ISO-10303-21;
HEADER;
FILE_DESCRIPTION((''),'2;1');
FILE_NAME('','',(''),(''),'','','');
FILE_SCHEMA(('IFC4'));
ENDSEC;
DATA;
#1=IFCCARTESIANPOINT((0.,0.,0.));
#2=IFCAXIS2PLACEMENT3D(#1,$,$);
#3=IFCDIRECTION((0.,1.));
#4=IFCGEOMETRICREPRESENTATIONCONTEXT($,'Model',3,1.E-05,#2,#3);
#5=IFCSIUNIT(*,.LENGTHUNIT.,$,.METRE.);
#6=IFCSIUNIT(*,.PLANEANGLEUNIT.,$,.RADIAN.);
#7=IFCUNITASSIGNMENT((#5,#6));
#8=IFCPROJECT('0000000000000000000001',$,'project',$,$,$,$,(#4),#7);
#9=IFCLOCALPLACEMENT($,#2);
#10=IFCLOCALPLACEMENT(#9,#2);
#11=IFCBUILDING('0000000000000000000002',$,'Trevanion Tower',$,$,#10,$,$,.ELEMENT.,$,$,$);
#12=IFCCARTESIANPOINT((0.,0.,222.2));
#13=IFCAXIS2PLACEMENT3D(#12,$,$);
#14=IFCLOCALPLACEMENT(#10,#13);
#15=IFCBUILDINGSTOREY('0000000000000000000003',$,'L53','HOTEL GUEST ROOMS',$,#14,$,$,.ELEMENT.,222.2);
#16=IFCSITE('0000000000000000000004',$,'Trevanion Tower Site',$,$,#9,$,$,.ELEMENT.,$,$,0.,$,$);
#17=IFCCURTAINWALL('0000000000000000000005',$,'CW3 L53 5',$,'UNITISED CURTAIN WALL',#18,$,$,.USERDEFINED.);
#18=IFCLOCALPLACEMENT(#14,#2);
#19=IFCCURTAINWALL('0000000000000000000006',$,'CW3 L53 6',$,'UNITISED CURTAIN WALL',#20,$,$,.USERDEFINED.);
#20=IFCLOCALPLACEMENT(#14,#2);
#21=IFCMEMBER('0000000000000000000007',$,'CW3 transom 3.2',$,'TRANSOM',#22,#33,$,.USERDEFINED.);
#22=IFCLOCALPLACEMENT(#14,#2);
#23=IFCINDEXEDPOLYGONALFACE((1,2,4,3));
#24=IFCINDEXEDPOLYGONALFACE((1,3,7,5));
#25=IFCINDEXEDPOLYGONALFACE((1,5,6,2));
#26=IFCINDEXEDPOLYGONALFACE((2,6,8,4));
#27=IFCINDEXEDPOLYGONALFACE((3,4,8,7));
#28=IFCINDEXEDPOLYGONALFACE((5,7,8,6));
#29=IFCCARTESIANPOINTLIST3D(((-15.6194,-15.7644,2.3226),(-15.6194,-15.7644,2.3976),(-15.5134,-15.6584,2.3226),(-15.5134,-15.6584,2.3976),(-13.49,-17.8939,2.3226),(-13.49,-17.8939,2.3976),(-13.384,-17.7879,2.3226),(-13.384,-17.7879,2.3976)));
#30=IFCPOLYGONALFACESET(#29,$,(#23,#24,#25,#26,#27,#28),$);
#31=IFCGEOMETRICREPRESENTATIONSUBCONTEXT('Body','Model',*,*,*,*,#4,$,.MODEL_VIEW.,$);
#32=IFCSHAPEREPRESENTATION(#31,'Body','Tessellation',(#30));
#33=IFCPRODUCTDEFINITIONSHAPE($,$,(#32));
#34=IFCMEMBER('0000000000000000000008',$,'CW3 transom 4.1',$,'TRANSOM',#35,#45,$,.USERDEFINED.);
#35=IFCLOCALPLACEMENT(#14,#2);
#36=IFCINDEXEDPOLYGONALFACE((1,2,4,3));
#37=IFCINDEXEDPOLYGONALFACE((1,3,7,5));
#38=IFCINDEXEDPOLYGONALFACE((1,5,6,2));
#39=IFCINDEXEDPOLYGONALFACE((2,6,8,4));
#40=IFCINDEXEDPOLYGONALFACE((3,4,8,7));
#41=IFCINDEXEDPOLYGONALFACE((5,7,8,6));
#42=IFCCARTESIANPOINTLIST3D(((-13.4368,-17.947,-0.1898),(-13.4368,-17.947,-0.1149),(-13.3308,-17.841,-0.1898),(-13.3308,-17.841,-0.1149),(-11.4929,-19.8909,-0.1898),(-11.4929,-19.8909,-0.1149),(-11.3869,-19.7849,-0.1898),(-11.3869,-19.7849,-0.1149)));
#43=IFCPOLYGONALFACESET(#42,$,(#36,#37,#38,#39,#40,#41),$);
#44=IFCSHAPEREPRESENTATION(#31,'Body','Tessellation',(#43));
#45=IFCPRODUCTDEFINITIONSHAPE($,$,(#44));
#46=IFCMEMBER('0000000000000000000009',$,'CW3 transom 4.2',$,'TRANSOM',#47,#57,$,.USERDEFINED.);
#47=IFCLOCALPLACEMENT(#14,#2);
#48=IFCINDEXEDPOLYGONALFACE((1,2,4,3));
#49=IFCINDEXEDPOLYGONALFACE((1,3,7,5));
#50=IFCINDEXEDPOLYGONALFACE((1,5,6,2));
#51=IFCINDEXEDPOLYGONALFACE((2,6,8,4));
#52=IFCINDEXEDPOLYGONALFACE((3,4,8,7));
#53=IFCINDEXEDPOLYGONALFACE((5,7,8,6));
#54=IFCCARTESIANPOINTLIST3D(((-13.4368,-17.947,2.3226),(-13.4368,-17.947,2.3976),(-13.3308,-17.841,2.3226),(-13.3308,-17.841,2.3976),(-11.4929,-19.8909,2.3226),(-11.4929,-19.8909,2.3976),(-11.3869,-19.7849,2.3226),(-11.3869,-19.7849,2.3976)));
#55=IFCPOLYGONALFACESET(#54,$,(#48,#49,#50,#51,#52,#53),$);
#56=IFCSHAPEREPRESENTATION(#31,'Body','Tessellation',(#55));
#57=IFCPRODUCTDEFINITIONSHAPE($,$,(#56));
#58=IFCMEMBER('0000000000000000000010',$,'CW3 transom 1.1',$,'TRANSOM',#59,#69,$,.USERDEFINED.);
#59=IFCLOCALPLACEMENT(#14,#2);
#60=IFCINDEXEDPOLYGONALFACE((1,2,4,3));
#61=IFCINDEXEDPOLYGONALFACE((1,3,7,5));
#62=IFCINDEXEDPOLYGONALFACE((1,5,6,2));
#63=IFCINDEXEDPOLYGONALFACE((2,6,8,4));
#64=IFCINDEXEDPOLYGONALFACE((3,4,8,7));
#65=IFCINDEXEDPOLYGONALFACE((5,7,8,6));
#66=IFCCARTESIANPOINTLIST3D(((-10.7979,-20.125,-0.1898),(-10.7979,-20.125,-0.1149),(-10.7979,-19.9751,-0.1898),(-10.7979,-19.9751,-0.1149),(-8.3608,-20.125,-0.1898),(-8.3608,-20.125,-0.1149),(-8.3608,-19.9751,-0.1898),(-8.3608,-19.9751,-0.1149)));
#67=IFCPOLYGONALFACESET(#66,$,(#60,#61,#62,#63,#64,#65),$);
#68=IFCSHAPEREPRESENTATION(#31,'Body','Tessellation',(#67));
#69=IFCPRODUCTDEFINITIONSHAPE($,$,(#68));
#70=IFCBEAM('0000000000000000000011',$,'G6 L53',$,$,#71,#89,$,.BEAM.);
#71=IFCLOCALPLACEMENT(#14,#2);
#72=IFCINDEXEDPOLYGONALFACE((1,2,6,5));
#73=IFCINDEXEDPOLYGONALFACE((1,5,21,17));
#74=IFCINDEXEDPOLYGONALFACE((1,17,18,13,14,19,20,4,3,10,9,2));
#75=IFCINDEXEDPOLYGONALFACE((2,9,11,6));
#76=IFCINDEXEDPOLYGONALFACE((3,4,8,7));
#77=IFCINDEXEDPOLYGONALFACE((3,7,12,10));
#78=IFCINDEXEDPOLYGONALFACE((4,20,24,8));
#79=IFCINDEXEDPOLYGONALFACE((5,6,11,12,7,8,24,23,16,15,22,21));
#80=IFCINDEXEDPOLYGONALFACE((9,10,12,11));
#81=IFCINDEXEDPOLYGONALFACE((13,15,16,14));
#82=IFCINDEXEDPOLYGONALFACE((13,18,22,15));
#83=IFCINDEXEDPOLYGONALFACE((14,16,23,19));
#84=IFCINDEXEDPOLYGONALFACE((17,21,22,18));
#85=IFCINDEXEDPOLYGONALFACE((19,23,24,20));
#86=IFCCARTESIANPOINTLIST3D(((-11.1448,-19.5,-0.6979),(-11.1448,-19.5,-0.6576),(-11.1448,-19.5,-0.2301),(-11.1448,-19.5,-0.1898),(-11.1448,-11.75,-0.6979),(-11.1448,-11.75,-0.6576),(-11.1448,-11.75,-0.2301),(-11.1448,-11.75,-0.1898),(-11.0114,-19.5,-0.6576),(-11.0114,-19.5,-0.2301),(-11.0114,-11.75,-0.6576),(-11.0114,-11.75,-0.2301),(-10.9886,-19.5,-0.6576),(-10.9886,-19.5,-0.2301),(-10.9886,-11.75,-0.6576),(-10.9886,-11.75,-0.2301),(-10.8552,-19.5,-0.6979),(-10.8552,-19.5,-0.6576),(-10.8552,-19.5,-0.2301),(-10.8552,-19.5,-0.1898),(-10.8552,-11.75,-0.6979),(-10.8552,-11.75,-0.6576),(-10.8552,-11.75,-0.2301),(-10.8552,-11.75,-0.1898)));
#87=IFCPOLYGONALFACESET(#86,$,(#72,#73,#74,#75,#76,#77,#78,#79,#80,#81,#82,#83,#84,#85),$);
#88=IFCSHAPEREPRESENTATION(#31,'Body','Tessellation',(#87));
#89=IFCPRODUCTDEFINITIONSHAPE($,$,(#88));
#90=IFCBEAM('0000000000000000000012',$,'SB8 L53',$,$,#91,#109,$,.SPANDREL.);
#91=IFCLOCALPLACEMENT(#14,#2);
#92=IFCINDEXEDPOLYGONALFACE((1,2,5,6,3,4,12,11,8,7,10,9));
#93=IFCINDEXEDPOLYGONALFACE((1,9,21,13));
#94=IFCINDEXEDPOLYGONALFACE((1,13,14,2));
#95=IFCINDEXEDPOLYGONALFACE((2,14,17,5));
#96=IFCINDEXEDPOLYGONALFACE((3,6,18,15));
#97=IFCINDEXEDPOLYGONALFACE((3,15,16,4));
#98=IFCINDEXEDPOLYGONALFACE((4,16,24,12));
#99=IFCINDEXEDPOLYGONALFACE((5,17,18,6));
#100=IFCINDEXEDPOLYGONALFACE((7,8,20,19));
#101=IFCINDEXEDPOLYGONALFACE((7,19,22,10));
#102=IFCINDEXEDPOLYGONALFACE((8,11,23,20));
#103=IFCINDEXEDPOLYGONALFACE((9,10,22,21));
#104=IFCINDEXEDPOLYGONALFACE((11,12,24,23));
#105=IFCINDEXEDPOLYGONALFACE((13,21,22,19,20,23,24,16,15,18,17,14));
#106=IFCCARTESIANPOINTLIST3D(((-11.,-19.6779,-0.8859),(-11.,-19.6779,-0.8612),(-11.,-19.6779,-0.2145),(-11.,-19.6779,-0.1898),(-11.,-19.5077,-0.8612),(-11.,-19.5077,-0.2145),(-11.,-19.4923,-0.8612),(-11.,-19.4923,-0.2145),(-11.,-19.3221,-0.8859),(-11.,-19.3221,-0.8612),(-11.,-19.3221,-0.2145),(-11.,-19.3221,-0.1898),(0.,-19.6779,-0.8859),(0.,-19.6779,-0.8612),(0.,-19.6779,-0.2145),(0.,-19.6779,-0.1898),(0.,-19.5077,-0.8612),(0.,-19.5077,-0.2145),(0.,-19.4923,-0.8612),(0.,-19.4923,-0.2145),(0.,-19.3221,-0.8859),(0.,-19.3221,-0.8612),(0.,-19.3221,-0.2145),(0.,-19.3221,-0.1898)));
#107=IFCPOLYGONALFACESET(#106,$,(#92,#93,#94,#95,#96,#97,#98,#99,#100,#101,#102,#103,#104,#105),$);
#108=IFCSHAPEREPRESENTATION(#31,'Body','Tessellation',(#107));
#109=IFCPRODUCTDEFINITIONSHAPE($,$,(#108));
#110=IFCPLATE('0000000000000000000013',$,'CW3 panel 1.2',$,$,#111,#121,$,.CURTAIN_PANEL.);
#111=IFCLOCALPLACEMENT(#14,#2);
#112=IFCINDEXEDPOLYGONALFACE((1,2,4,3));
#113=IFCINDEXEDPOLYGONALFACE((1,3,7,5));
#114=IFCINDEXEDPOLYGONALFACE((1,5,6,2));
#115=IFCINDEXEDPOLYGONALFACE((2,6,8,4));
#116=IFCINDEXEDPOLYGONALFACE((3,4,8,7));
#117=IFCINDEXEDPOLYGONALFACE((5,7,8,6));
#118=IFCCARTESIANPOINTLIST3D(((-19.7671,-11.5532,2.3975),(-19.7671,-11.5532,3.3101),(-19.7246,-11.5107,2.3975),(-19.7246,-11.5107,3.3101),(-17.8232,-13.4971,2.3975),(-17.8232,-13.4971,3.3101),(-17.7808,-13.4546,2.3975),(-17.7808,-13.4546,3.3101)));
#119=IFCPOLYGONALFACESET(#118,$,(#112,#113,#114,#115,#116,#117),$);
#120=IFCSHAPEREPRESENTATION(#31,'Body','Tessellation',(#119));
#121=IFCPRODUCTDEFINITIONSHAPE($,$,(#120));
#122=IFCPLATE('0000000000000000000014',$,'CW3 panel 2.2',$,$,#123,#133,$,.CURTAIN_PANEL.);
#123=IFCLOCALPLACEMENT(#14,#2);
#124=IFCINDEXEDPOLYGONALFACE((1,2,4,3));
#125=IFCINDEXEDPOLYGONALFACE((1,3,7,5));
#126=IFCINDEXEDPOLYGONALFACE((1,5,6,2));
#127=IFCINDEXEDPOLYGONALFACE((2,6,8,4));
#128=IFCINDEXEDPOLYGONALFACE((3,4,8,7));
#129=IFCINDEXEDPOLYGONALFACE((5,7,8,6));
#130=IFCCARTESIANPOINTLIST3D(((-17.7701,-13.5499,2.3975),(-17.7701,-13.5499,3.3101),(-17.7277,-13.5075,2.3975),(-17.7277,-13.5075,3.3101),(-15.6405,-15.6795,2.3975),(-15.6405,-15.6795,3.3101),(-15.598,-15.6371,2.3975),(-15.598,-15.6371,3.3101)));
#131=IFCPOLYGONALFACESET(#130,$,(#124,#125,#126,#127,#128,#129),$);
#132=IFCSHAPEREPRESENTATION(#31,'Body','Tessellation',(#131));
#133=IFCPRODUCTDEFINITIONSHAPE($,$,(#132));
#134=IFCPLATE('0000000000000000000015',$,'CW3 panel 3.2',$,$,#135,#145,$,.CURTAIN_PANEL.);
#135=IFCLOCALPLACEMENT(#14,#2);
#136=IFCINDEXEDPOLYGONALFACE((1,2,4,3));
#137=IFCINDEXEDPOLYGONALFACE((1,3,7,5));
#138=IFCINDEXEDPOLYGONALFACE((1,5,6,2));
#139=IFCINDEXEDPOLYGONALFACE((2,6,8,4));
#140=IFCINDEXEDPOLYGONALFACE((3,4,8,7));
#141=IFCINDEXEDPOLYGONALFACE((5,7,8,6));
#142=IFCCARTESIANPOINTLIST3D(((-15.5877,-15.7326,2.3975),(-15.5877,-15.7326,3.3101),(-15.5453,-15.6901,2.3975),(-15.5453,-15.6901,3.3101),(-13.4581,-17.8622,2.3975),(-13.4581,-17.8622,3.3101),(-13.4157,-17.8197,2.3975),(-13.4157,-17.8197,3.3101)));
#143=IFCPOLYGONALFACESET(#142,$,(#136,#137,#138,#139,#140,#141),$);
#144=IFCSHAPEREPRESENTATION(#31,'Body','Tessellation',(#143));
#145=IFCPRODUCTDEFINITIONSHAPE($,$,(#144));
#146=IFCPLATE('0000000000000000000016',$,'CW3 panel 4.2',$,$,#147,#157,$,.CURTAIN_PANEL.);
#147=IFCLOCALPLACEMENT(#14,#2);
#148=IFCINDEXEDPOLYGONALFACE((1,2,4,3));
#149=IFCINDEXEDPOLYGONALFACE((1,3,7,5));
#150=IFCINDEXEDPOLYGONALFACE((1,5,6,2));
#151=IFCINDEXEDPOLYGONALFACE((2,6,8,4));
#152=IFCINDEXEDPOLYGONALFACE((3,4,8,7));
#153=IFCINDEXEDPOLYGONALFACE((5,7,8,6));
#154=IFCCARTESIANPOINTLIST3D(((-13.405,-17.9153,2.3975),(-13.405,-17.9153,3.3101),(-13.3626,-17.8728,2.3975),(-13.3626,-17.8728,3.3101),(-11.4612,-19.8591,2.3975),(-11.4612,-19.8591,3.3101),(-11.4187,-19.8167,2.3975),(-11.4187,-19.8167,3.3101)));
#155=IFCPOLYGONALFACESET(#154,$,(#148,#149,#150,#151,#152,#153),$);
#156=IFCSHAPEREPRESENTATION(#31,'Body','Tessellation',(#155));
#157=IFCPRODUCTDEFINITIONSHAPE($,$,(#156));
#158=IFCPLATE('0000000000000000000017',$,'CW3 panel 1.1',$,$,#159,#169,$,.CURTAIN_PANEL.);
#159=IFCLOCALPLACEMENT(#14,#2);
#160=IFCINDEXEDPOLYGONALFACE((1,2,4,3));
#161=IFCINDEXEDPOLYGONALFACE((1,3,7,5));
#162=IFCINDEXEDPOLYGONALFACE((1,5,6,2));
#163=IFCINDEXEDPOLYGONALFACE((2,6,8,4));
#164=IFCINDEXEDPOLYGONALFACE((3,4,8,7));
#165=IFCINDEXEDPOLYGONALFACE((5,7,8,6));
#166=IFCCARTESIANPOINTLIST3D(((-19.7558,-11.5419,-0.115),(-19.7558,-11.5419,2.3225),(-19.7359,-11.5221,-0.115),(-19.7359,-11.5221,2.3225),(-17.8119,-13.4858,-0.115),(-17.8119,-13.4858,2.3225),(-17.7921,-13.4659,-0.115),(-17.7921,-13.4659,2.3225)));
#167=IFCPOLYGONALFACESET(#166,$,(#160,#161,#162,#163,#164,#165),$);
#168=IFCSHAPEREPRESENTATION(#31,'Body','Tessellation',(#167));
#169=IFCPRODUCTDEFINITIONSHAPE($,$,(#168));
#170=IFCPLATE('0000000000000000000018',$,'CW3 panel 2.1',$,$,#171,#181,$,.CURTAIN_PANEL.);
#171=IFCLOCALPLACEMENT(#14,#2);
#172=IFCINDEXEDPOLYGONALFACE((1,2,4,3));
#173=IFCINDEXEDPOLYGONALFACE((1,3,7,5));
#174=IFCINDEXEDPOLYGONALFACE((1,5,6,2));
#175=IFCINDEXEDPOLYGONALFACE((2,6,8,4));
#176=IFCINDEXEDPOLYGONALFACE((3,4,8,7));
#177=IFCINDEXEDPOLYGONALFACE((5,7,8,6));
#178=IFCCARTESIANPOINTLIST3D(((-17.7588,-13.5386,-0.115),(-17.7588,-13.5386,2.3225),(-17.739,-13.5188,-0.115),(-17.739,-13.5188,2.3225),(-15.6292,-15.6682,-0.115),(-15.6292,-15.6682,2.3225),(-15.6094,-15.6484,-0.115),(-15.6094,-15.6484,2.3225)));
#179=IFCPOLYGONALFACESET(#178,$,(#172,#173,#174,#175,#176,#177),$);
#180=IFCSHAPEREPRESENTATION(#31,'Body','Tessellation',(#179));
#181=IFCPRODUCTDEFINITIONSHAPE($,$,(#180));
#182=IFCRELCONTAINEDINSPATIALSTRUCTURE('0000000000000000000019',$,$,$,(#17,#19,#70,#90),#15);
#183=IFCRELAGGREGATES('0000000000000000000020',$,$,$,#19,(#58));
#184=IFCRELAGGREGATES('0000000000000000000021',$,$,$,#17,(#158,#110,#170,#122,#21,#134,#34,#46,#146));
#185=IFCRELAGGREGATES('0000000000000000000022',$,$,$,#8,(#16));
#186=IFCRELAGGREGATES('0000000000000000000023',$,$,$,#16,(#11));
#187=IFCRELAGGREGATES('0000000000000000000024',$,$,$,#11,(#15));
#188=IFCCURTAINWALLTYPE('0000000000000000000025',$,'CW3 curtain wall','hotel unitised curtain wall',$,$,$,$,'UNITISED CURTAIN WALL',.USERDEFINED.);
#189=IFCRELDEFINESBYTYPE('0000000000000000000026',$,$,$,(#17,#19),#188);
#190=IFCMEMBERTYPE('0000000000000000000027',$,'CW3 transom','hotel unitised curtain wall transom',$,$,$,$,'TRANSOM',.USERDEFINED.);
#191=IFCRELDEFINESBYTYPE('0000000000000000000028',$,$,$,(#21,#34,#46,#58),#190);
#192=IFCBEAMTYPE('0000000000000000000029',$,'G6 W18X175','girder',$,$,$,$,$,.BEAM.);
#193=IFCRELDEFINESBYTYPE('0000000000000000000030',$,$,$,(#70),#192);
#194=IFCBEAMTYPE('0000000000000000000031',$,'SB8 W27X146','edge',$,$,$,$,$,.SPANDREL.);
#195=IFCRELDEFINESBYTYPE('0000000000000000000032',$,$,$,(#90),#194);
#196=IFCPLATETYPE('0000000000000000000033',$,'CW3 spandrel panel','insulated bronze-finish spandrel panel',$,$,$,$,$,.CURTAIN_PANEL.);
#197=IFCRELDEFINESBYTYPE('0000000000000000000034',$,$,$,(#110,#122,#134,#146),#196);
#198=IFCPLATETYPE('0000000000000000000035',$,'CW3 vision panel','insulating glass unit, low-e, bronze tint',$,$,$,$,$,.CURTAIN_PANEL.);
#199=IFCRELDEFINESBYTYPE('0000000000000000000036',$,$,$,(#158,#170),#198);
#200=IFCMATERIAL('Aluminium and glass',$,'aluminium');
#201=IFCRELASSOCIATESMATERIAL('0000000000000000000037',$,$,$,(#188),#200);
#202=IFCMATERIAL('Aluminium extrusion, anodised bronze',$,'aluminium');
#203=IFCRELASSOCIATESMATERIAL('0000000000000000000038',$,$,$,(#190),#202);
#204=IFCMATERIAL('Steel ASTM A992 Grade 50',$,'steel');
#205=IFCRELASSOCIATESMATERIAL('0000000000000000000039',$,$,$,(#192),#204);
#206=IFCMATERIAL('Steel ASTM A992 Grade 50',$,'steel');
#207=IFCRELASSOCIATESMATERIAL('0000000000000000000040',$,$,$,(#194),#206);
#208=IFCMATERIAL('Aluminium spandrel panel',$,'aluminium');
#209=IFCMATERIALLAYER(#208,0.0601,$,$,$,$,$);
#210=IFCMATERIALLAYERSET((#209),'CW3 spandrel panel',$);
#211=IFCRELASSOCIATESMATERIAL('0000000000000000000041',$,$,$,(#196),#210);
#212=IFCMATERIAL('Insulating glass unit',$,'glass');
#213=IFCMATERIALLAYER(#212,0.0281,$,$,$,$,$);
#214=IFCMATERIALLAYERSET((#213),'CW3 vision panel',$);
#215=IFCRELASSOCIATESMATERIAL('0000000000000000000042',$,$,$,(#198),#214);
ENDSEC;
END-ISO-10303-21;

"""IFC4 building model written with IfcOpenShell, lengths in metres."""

from ifc_helpers import new_model, si_unit, direction, frame, origin, origin_2d, place, context, subcontext, project, spatial, rectangle, i_section, extrude, material, layer, layer_set, material_profile, profile_set, type_object, element, aggregate, save


model = new_model("IFC4")

# Units and contexts
model_context = context("Model", 3, precision=1e-05, world=origin(), true_north=direction((0.0, 1.0)))
body_context = subcontext(model_context, "Body", "Model", "MODEL_VIEW")
ifc_project = project(units=[si_unit("LENGTHUNIT", "METRE"), si_unit("PLANEANGLEUNIT", "RADIAN")], contexts=[model_context])

# Site, building, storey
site_placement = place(None, origin())
site = spatial("IfcSite", under=ifc_project, at=site_placement, Name="Trevanion Tower Site", CompositionType="ELEMENT", RefElevation=0.0)
building_placement = place(site_placement, origin())
building = spatial("IfcBuilding", under=site, at=building_placement, Name="Trevanion Tower", CompositionType="ELEMENT")
storey_placement = place(building_placement, frame((0.0, 0.0, 222.2)))
storey = spatial("IfcBuildingStorey", under=building, at=storey_placement, Name="L53", Description="HOTEL GUEST ROOMS", CompositionType="ELEMENT", Elevation=222.2)

# Curtain wall
ifc_material_1 = material(Name="Aluminium and glass", Category="aluminium")
curtain_wall_type = type_object("IfcCurtainWallType", Name="CW3 curtain wall", Description="hotel unitised curtain wall", ElementType="UNITISED CURTAIN WALL", PredefinedType="USERDEFINED", material=ifc_material_1)
curtain_wall_1_placement = place(storey_placement, origin())
curtain_wall_1 = element("IfcCurtainWall", 1, at=curtain_wall_1_placement, inside=storey, type_object=curtain_wall_type, Name="CW3 L53 5", ObjectType="UNITISED CURTAIN WALL", PredefinedType="USERDEFINED")

# Curtain wall
curtain_wall_2_placement = place(storey_placement, origin())
curtain_wall_2 = element("IfcCurtainWall", 2, at=curtain_wall_2_placement, inside=storey, type_object=curtain_wall_type, Name="CW3 L53 6", ObjectType="UNITISED CURTAIN WALL", PredefinedType="USERDEFINED")

# Members
ifc_material_2 = material(Name="Aluminium extrusion, anodised bronze", Category="aluminium")
ifc_material_profile_1 = material_profile(ifc_material_2, rectangle(XDim=0.1499, YDim=0.075, at=origin_2d()), Name="CW3 transom")
ifc_profile_set_1 = profile_set([ifc_material_profile_1], Name="Aluminium extrusion, anodised bronze")
member_type_1 = type_object("IfcMemberType", Name="CW3 transom", Description="hotel unitised curtain wall transom", ElementType="TRANSOM", PredefinedType="USERDEFINED", material=ifc_profile_set_1)
member_1_placement = place(storey_placement, frame((-15.5664, -15.7114, 2.3601), z_axis=(0.707107, -0.707107, 0.0), x_axis=(0.707107, 0.707107, 0.0)))
member_1 = element("IfcMember", 3, at=member_1_placement, type_object=member_type_1, Name="CW3 transom 3.2", ObjectType="TRANSOM", PredefinedType="USERDEFINED", context=body_context, shape_type="SweptSolid", body=[
    extrude(rectangle(XDim=0.1499, YDim=0.075, at=origin_2d()), origin(), (0.0, 0.0, 1.0), 3.0115),
])
member_2_placement = place(storey_placement, frame((-13.3838, -17.894, -0.1523), z_axis=(0.707107, -0.707107, 0.0), x_axis=(0.707107, 0.707107, 0.0)))
member_2 = element("IfcMember", 4, at=member_2_placement, type_object=member_type_1, Name="CW3 transom 4.1", ObjectType="TRANSOM", PredefinedType="USERDEFINED", context=body_context, shape_type="SweptSolid", body=[
    extrude(rectangle(XDim=0.1499, YDim=0.075, at=origin_2d()), origin(), (0.0, 0.0, 1.0), 2.749),
])
member_3_placement = place(storey_placement, frame((-13.3838, -17.894, 2.3601), z_axis=(0.707107, -0.707107, 0.0), x_axis=(0.707107, 0.707107, 0.0)))
member_3 = element("IfcMember", 5, at=member_3_placement, type_object=member_type_1, Name="CW3 transom 4.2", ObjectType="TRANSOM", PredefinedType="USERDEFINED", context=body_context, shape_type="SweptSolid", body=[
    extrude(rectangle(XDim=0.1499, YDim=0.075, at=origin_2d()), origin(), (0.0, 0.0, 1.0), 2.749),
])
member_4_placement = place(storey_placement, frame((-10.7979, -20.05, -0.1523), z_axis=(1.0, 0.0, 0.0), x_axis=(0.0, 1.0, 0.0)))
member_4 = element("IfcMember", 6, at=member_4_placement, type_object=member_type_1, Name="CW3 transom 1.1", ObjectType="TRANSOM", PredefinedType="USERDEFINED", context=body_context, shape_type="SweptSolid", body=[
    extrude(rectangle(XDim=0.1499, YDim=0.075, at=origin_2d()), origin(), (0.0, 0.0, 1.0), 2.437),
])
aggregate(curtain_wall_2, [member_4])

# Beams
ifc_material_3 = material(Name="Steel ASTM A992 Grade 50", Category="steel")
ifc_material_profile_2 = material_profile(ifc_material_3, i_section(OverallWidth=0.2896, OverallDepth=0.5081, WebThickness=0.0227, FlangeThickness=0.0403, at=origin_2d()), Name="W18X175")
ifc_profile_set_2 = profile_set([ifc_material_profile_2], Name="Steel ASTM A992 Grade 50")
beam_type_1 = type_object("IfcBeamType", Name="G6 W18X175", Description="girder", PredefinedType="BEAM", material=ifc_profile_set_2)
beam_1_placement = place(storey_placement, frame((-11.0, -11.75, -0.4438), z_axis=(0.0, -1.0, 0.0), x_axis=(1.0, 0.0, 0.0)))
element("IfcBeam", 7, at=beam_1_placement, inside=storey, type_object=beam_type_1, Name="G6 L53", PredefinedType="BEAM", context=body_context, shape_type="SweptSolid", body=[
    extrude(i_section(OverallWidth=0.2896, OverallDepth=0.5081, WebThickness=0.0227, FlangeThickness=0.0403, at=origin_2d()), origin(), (0.0, 0.0, 1.0), 7.75),
])
ifc_material_4 = material(Name="Steel ASTM A992 Grade 50", Category="steel")
ifc_material_profile_3 = material_profile(ifc_material_4, i_section(OverallWidth=0.3557, OverallDepth=0.696, WebThickness=0.0154, FlangeThickness=0.0247, at=origin_2d()), Name="W27X146")
ifc_profile_set_3 = profile_set([ifc_material_profile_3], Name="Steel ASTM A992 Grade 50")
beam_type_2 = type_object("IfcBeamType", Name="SB8 W27X146", Description="edge", PredefinedType="SPANDREL", material=ifc_profile_set_3)
beam_2_placement = place(storey_placement, frame((-11.0, -19.5, -0.5378), z_axis=(1.0, 0.0, 0.0), x_axis=(0.0, 1.0, 0.0)))
element("IfcBeam", 8, at=beam_2_placement, inside=storey, type_object=beam_type_2, Name="SB8 L53", PredefinedType="SPANDREL", context=body_context, shape_type="SweptSolid", body=[
    extrude(i_section(OverallWidth=0.3557, OverallDepth=0.696, WebThickness=0.0154, FlangeThickness=0.0247, at=origin_2d()), origin(), (0.0, 0.0, 1.0), 11.0),
])

# Plates
ifc_material_5 = material(Name="Aluminium spandrel panel", Category="aluminium")
ifc_layer_1 = layer(ifc_material_5, 0.0601)
ifc_layer_set_1 = layer_set([ifc_layer_1], Name="CW3 spandrel panel")
plate_type_1 = type_object("IfcPlateType", Name="CW3 spandrel panel", Description="insulated bronze-finish spandrel panel", PredefinedType="CURTAIN_PANEL", material=ifc_layer_set_1)
plate_1_placement = place(storey_placement, frame((-18.7739, -12.5039, 2.3975), z_axis=(0.0, 0.0, 1.0), x_axis=(0.707107, -0.707107, 0.0)))
plate_1 = element("IfcPlate", 9, at=plate_1_placement, type_object=plate_type_1, Name="CW3 panel 1.2", PredefinedType="CURTAIN_PANEL", context=body_context, shape_type="SweptSolid", body=[
    extrude(rectangle(XDim=2.749, YDim=0.0601, at=origin_2d()), origin(), (0.0, 0.0, 1.0), 0.9126),
])
plate_2_placement = place(storey_placement, frame((-16.6841, -14.5935, 2.3975), z_axis=(0.0, 0.0, 1.0), x_axis=(0.707107, -0.707107, 0.0)))
plate_2 = element("IfcPlate", 10, at=plate_2_placement, type_object=plate_type_1, Name="CW3 panel 2.2", PredefinedType="CURTAIN_PANEL", context=body_context, shape_type="SweptSolid", body=[
    extrude(rectangle(XDim=3.0117, YDim=0.0601, at=origin_2d()), origin(), (0.0, 0.0, 1.0), 0.9126),
])
plate_3_placement = place(storey_placement, frame((-14.5017, -16.7761, 2.3975), z_axis=(0.0, 0.0, 1.0), x_axis=(0.707107, -0.707107, 0.0)))
plate_3 = element("IfcPlate", 11, at=plate_3_placement, type_object=plate_type_1, Name="CW3 panel 3.2", PredefinedType="CURTAIN_PANEL", context=body_context, shape_type="SweptSolid", body=[
    extrude(rectangle(XDim=3.0117, YDim=0.0601, at=origin_2d()), origin(), (0.0, 0.0, 1.0), 0.9126),
])
plate_4_placement = place(storey_placement, frame((-12.4119, -18.866, 2.3975), z_axis=(0.0, 0.0, 1.0), x_axis=(0.707107, -0.707107, 0.0)))
plate_4 = element("IfcPlate", 12, at=plate_4_placement, type_object=plate_type_1, Name="CW3 panel 4.2", PredefinedType="CURTAIN_PANEL", context=body_context, shape_type="SweptSolid", body=[
    extrude(rectangle(XDim=2.749, YDim=0.0601, at=origin_2d()), origin(), (0.0, 0.0, 1.0), 0.9126),
])
ifc_material_6 = material(Name="Insulating glass unit", Category="glass")
ifc_layer_2 = layer(ifc_material_6, 0.0281)
ifc_layer_set_2 = layer_set([ifc_layer_2], Name="CW3 vision panel")
plate_type_2 = type_object("IfcPlateType", Name="CW3 vision panel", Description="insulating glass unit, low-e, bronze tint", PredefinedType="CURTAIN_PANEL", material=ifc_layer_set_2)
plate_5_placement = place(storey_placement, frame((-18.7739, -12.5039, -0.115), z_axis=(0.0, 0.0, 1.0), x_axis=(0.707107, -0.707107, 0.0)))
plate_5 = element("IfcPlate", 13, at=plate_5_placement, type_object=plate_type_2, Name="CW3 panel 1.1", PredefinedType="CURTAIN_PANEL", context=body_context, shape_type="SweptSolid", body=[
    extrude(rectangle(XDim=2.749, YDim=0.0281, at=origin_2d()), origin(), (0.0, 0.0, 1.0), 2.4375),
])
plate_6_placement = place(storey_placement, frame((-16.6841, -14.5935, -0.115), z_axis=(0.0, 0.0, 1.0), x_axis=(0.707107, -0.707107, 0.0)))
plate_6 = element("IfcPlate", 14, at=plate_6_placement, type_object=plate_type_2, Name="CW3 panel 2.1", PredefinedType="CURTAIN_PANEL", context=body_context, shape_type="SweptSolid", body=[
    extrude(rectangle(XDim=3.0117, YDim=0.0281, at=origin_2d()), origin(), (0.0, 0.0, 1.0), 2.4375),
])
aggregate(curtain_wall_1, [plate_5, plate_1, plate_6, plate_2, member_1, plate_3, member_2, member_3, plate_4])

save(model, "model.ifc")
